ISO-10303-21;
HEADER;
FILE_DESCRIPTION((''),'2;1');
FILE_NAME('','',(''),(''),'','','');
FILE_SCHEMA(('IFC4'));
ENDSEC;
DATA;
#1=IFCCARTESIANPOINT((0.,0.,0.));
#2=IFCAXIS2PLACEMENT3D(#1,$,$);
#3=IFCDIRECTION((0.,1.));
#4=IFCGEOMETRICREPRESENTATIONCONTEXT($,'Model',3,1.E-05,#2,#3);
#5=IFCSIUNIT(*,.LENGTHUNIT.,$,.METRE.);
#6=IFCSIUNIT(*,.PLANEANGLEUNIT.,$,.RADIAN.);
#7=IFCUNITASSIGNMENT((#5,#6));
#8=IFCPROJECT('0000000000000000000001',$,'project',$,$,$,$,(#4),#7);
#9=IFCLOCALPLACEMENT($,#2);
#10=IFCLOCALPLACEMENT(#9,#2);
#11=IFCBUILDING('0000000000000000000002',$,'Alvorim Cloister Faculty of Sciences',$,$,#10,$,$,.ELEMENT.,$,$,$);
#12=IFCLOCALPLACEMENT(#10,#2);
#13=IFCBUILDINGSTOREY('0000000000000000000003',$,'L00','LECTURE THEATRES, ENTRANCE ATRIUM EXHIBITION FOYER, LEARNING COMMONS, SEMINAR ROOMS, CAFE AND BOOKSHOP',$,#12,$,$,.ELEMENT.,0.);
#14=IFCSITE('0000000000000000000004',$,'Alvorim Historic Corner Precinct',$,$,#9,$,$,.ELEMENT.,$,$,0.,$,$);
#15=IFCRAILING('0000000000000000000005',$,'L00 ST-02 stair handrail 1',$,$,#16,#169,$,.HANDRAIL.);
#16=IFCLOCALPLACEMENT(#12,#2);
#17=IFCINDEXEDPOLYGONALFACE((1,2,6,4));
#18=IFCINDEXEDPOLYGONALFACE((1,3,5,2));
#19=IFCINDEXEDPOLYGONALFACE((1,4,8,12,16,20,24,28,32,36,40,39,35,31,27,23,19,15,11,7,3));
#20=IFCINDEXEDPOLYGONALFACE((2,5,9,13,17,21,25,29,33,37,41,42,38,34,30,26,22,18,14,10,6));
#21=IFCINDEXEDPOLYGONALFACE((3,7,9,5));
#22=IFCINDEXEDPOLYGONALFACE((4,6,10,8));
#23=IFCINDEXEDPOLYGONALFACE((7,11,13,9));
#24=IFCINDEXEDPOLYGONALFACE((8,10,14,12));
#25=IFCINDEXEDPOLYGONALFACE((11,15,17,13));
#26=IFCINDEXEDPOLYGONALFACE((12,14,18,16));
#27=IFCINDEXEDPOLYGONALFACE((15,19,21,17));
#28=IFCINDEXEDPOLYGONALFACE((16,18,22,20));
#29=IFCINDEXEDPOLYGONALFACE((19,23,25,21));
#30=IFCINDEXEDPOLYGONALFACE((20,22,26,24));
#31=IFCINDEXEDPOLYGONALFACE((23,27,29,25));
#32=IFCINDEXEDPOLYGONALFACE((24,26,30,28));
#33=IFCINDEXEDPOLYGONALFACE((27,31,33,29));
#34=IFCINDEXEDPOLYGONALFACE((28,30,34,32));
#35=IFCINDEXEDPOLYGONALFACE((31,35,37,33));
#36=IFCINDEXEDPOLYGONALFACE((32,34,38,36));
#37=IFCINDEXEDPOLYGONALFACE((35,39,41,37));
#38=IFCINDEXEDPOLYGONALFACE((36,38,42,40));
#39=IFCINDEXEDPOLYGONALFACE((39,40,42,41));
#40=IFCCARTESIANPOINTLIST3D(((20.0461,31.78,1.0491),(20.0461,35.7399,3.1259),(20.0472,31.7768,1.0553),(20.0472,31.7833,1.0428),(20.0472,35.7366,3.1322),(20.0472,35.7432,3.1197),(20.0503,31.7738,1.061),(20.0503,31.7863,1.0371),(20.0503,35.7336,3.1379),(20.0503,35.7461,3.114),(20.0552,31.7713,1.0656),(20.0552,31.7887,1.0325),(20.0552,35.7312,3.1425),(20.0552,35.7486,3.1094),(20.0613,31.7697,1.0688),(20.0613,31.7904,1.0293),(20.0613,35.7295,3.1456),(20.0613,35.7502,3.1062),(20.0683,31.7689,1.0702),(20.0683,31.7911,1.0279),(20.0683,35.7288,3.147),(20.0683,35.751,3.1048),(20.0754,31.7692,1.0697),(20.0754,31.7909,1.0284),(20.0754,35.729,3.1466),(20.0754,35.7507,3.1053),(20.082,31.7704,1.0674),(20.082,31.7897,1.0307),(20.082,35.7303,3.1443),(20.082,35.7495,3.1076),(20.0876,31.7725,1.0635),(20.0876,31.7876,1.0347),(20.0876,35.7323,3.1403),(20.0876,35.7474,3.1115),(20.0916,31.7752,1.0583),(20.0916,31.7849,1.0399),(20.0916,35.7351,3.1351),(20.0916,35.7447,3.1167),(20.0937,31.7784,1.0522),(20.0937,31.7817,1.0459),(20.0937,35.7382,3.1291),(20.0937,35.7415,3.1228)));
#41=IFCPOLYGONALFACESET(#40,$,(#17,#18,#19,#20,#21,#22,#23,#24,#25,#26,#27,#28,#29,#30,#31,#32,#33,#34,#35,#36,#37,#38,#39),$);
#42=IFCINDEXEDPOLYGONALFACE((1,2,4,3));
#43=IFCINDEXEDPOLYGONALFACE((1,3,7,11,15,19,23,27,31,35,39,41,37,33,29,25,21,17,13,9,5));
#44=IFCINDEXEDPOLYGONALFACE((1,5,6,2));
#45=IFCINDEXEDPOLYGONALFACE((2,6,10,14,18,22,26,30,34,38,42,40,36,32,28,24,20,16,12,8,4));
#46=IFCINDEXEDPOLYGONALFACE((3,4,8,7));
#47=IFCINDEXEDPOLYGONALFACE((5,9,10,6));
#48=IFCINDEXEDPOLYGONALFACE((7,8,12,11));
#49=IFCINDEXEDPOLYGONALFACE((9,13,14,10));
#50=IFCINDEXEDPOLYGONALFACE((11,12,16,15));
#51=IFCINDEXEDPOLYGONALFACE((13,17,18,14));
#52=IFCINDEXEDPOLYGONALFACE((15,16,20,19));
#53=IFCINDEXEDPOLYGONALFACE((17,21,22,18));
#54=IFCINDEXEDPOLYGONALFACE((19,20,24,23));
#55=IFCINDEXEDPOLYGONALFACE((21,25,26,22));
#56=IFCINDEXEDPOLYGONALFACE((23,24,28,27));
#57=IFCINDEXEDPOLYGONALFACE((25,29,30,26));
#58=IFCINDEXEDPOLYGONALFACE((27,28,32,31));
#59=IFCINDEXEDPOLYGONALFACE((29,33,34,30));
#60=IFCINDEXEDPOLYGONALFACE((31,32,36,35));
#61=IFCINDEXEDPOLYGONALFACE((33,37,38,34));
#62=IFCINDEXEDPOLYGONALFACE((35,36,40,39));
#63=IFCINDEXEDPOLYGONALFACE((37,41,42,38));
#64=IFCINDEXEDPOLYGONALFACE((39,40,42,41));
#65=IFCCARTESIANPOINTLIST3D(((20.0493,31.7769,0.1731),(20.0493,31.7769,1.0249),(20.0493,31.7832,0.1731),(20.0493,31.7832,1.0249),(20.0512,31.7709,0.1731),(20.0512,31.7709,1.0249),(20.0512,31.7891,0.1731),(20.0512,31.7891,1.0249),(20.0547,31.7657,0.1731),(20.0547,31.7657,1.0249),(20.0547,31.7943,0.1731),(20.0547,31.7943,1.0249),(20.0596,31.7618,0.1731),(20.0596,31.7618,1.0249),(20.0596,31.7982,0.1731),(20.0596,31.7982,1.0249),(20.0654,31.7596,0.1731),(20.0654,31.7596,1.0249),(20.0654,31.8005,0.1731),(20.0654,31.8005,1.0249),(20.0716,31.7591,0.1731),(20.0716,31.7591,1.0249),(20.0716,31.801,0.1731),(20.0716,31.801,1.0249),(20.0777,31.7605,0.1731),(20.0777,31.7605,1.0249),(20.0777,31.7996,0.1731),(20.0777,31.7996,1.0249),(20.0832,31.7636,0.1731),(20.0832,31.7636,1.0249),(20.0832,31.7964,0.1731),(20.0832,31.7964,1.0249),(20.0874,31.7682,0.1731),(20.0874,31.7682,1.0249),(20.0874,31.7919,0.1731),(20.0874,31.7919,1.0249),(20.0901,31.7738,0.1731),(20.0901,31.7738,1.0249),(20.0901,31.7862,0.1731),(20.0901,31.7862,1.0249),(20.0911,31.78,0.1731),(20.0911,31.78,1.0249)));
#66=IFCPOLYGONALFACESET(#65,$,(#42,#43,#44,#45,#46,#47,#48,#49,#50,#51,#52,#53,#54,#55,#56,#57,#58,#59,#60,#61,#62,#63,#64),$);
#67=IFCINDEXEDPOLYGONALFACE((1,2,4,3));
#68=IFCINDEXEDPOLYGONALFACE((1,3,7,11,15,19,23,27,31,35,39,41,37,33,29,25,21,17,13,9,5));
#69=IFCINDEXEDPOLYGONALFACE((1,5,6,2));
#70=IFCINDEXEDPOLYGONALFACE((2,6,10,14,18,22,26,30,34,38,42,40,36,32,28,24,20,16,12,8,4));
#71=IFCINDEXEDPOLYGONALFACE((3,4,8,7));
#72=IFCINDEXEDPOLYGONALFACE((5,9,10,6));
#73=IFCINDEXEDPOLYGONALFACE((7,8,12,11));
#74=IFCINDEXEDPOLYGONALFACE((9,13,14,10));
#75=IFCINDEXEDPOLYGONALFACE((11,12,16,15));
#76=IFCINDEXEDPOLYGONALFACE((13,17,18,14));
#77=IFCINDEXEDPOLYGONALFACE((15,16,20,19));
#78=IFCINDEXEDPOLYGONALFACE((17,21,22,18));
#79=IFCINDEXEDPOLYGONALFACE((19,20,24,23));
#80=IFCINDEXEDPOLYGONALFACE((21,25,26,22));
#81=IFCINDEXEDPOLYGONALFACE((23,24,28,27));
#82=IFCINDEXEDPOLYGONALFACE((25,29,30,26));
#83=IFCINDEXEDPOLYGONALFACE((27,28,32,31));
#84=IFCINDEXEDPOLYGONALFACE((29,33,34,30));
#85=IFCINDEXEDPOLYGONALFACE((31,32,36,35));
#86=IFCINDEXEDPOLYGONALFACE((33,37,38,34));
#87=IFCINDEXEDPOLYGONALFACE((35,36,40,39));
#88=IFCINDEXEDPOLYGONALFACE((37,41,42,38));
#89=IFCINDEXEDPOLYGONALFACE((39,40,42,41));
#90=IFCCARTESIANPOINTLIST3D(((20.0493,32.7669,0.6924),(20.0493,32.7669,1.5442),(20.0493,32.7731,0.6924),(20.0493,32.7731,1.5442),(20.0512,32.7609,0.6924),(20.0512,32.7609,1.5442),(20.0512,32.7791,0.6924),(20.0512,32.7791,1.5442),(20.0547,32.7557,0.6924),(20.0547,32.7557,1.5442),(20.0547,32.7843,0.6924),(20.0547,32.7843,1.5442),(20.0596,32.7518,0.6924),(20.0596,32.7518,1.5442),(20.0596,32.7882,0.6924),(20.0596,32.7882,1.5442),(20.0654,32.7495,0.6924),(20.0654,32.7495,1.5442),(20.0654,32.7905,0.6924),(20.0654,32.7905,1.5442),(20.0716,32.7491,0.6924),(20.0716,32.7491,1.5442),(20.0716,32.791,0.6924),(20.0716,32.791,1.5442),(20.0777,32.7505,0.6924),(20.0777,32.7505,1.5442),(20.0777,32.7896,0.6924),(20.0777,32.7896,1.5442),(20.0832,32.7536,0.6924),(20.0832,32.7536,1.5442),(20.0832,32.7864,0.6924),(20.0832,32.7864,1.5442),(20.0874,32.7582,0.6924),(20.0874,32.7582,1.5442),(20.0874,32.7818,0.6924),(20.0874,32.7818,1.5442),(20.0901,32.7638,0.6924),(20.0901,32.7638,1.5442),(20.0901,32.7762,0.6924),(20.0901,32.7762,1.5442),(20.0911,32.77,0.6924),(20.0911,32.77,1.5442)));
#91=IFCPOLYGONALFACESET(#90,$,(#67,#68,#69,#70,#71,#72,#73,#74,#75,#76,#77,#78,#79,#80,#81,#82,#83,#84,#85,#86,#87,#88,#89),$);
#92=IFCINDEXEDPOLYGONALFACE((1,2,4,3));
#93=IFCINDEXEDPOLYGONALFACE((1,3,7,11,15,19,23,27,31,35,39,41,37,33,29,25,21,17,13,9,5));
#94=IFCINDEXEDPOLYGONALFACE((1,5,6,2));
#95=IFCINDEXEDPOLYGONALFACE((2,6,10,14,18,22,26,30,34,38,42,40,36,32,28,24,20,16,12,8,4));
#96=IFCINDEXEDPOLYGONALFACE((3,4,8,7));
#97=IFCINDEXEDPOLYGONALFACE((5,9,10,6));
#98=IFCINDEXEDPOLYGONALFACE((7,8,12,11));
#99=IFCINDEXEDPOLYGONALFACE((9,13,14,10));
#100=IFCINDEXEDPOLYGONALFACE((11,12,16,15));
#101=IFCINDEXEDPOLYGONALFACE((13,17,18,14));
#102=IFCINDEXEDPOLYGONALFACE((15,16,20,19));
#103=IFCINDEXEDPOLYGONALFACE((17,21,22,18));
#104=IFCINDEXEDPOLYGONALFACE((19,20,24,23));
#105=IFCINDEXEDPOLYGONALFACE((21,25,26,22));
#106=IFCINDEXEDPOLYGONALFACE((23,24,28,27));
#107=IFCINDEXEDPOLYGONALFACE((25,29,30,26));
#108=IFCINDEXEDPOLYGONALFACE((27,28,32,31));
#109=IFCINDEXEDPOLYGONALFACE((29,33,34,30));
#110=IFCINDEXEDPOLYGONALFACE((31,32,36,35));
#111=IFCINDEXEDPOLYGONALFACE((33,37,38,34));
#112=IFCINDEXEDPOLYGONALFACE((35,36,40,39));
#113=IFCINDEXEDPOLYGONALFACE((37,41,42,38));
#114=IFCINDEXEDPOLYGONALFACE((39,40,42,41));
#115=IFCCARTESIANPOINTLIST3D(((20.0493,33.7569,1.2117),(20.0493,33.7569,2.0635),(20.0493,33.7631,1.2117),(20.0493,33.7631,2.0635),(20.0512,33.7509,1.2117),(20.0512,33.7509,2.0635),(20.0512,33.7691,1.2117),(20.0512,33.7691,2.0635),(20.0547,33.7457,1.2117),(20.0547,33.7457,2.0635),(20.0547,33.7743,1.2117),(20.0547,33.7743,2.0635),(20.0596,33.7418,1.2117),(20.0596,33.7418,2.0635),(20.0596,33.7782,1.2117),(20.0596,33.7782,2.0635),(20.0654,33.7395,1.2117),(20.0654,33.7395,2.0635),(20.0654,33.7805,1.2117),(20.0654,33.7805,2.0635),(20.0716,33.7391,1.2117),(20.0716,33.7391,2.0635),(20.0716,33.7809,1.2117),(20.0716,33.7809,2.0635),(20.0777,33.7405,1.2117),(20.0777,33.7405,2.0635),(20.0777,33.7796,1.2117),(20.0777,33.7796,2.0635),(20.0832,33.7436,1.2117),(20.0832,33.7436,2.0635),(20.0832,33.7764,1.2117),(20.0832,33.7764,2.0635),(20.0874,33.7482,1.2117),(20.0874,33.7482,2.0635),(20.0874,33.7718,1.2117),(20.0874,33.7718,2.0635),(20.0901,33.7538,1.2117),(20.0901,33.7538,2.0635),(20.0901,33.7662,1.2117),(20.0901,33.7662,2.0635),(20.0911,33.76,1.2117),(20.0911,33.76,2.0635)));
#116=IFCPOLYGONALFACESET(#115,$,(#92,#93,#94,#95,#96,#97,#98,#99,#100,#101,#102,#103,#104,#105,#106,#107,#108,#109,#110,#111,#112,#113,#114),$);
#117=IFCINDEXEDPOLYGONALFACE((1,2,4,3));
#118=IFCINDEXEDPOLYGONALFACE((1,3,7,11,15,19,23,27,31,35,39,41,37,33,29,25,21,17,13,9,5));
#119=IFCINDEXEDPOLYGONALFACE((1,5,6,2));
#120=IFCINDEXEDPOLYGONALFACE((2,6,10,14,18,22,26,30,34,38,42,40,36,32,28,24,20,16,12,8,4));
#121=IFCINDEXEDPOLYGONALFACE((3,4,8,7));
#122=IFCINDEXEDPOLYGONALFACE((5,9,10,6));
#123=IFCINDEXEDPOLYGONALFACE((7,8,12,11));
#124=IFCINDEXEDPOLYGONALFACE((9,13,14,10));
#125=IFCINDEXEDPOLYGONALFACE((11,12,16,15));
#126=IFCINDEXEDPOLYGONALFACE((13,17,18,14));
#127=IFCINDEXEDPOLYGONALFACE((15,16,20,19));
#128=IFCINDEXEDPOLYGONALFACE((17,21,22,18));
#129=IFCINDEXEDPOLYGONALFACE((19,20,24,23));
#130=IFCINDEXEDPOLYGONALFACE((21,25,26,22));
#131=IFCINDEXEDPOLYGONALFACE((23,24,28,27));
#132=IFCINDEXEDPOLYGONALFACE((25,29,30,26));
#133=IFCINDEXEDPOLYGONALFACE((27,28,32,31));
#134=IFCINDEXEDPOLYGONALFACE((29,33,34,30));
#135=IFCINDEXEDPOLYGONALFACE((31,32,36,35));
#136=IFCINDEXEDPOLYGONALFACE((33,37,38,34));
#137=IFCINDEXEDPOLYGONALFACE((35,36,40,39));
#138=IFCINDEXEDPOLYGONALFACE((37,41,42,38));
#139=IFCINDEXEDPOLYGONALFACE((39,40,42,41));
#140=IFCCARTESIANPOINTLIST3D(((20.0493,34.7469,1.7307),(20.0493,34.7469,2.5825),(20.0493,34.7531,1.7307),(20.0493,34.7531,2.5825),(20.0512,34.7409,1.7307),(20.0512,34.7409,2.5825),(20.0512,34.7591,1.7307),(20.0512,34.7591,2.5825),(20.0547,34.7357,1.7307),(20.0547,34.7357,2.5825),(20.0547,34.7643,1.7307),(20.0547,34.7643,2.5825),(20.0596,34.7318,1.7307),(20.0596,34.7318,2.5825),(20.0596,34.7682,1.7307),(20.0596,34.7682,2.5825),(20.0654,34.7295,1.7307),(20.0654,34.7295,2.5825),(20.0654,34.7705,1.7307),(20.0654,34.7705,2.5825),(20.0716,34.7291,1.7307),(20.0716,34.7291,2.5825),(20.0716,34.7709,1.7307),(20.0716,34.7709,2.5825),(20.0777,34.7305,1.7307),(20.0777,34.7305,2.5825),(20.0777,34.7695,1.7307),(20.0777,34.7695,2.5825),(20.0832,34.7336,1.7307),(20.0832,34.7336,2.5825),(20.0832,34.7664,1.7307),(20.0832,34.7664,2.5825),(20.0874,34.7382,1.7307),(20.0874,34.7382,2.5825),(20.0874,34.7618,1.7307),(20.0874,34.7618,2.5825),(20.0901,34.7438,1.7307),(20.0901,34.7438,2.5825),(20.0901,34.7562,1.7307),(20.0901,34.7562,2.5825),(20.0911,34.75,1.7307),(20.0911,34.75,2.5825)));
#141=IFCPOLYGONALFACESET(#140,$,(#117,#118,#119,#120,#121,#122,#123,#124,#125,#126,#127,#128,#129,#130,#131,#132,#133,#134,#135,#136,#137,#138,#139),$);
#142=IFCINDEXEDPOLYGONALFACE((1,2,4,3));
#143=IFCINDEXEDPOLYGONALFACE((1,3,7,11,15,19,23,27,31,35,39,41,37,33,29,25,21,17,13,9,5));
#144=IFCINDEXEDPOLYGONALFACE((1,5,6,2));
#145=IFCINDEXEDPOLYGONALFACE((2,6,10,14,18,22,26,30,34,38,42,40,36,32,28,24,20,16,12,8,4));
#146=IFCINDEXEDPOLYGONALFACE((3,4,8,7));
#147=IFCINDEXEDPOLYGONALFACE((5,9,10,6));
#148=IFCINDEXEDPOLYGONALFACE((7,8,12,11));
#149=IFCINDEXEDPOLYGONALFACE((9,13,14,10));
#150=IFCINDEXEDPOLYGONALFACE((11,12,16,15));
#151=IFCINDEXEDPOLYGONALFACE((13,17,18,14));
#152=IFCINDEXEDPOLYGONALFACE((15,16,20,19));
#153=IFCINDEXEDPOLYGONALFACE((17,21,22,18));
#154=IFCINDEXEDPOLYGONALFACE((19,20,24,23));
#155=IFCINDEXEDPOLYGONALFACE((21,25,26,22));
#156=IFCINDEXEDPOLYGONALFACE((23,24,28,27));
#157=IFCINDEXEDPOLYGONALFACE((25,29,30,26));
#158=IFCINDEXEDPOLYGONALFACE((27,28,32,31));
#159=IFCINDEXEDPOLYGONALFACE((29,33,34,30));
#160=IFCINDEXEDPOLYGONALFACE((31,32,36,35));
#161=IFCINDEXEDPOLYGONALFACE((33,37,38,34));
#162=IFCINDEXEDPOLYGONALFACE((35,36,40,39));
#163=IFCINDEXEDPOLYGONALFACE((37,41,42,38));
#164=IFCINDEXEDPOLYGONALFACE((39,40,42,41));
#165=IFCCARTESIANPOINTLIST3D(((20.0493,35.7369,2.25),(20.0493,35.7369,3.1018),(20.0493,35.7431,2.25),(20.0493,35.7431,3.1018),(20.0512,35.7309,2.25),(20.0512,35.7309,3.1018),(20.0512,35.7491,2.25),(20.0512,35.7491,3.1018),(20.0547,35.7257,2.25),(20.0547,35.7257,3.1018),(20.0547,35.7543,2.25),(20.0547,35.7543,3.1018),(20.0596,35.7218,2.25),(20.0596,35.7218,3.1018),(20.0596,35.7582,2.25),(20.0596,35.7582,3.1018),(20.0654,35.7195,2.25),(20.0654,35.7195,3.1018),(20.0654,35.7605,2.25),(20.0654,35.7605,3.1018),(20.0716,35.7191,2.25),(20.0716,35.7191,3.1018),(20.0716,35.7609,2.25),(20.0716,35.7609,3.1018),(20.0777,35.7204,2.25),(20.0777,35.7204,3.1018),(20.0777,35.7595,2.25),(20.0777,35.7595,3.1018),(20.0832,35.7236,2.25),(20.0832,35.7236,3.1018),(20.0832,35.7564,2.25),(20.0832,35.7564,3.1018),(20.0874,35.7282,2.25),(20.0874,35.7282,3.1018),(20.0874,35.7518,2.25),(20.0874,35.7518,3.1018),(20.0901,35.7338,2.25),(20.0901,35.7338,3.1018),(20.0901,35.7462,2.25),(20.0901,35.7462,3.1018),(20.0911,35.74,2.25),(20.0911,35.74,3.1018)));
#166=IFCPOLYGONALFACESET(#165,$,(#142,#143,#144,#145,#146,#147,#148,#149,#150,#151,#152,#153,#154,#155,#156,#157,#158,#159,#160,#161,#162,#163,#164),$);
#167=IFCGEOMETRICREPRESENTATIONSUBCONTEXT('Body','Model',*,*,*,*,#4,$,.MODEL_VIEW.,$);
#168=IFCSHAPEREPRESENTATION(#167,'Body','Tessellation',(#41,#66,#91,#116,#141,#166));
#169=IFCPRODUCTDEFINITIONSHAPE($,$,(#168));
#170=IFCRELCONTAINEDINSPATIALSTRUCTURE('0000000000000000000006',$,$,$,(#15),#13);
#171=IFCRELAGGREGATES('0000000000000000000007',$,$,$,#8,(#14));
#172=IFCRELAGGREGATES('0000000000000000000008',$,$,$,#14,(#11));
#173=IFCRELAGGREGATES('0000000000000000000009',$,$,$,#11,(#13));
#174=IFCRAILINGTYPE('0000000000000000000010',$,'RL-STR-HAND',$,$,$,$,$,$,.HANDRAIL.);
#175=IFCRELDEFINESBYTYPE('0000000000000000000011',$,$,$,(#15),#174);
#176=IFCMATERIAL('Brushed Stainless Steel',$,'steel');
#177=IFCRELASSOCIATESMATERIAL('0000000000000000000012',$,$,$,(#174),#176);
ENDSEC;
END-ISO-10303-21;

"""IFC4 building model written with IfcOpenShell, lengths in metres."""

from ifc_helpers import new_model, si_unit, direction, frame, origin, origin_2d, place, context, subcontext, project, spatial, circle, extrude, material, type_object, element, save


model = new_model("IFC4")

# Units and contexts
model_context = context("Model", 3, precision=1e-05, world=origin(), true_north=direction((0.0, 1.0)))
body_context = subcontext(model_context, "Body", "Model", "MODEL_VIEW")
ifc_project = project(units=[si_unit("LENGTHUNIT", "METRE"), si_unit("PLANEANGLEUNIT", "RADIAN")], contexts=[model_context])

# Site, building, storey
site_placement = place(None, origin())
site = spatial("IfcSite", under=ifc_project, at=site_placement, Name="Alvorim Historic Corner Precinct", CompositionType="ELEMENT", RefElevation=0.0)
building_placement = place(site_placement, origin())
building = spatial("IfcBuilding", under=site, at=building_placement, Name="Alvorim Cloister Faculty of Sciences", CompositionType="ELEMENT")
storey_placement = place(building_placement, origin())
storey = spatial("IfcBuildingStorey", under=building, at=storey_placement, Name="L00", Description="LECTURE THEATRES, ENTRANCE ATRIUM EXHIBITION FOYER, LEARNING COMMONS, SEMINAR ROOMS, CAFE AND BOOKSHOP", CompositionType="ELEMENT", Elevation=0.0)

# Railing
ifc_material_1 = material(Name="Brushed Stainless Steel", Category="steel")
railing_type_1 = type_object("IfcRailingType", Name="RL-STR-HAND", PredefinedType="HANDRAIL", material=ifc_material_1)
railing_1_placement = place(storey_placement, frame((20.0701, 31.78, 0.1731)))
element("IfcRailing", 1, at=railing_1_placement, inside=storey, type_object=railing_type_1, Name="L00 ST-02 stair handrail 1", PredefinedType="HANDRAIL", context=body_context, shape_type="SweptSolid", body=[
    extrude(circle(Radius=0.0239, at=origin_2d()), frame((0.0, 0.0, 0.876), z_axis=(0.0, 0.885589, 0.46447), x_axis=(-1.0, 0.0, 0.0)), (0.0, 0.0, 1.0), 4.4714),
    extrude(circle(Radius=0.021, at=origin_2d()), origin(), (0.0, 0.0, 1.0), 0.8518),
    extrude(circle(Radius=0.021, at=origin_2d()), frame((0.0, 0.99, 0.5193)), (0.0, 0.0, 1.0), 0.8518),
    extrude(circle(Radius=0.021, at=origin_2d()), frame((0.0, 1.98, 1.0386)), (0.0, 0.0, 1.0), 0.8518),
    extrude(circle(Radius=0.021, at=origin_2d()), frame((0.0, 2.97, 1.5576)), (0.0, 0.0, 1.0), 0.8518),
    extrude(circle(Radius=0.021, at=origin_2d()), frame((0.0, 3.96, 2.0769)), (0.0, 0.0, 1.0), 0.8518),
])

save(model, "model.ifc")
